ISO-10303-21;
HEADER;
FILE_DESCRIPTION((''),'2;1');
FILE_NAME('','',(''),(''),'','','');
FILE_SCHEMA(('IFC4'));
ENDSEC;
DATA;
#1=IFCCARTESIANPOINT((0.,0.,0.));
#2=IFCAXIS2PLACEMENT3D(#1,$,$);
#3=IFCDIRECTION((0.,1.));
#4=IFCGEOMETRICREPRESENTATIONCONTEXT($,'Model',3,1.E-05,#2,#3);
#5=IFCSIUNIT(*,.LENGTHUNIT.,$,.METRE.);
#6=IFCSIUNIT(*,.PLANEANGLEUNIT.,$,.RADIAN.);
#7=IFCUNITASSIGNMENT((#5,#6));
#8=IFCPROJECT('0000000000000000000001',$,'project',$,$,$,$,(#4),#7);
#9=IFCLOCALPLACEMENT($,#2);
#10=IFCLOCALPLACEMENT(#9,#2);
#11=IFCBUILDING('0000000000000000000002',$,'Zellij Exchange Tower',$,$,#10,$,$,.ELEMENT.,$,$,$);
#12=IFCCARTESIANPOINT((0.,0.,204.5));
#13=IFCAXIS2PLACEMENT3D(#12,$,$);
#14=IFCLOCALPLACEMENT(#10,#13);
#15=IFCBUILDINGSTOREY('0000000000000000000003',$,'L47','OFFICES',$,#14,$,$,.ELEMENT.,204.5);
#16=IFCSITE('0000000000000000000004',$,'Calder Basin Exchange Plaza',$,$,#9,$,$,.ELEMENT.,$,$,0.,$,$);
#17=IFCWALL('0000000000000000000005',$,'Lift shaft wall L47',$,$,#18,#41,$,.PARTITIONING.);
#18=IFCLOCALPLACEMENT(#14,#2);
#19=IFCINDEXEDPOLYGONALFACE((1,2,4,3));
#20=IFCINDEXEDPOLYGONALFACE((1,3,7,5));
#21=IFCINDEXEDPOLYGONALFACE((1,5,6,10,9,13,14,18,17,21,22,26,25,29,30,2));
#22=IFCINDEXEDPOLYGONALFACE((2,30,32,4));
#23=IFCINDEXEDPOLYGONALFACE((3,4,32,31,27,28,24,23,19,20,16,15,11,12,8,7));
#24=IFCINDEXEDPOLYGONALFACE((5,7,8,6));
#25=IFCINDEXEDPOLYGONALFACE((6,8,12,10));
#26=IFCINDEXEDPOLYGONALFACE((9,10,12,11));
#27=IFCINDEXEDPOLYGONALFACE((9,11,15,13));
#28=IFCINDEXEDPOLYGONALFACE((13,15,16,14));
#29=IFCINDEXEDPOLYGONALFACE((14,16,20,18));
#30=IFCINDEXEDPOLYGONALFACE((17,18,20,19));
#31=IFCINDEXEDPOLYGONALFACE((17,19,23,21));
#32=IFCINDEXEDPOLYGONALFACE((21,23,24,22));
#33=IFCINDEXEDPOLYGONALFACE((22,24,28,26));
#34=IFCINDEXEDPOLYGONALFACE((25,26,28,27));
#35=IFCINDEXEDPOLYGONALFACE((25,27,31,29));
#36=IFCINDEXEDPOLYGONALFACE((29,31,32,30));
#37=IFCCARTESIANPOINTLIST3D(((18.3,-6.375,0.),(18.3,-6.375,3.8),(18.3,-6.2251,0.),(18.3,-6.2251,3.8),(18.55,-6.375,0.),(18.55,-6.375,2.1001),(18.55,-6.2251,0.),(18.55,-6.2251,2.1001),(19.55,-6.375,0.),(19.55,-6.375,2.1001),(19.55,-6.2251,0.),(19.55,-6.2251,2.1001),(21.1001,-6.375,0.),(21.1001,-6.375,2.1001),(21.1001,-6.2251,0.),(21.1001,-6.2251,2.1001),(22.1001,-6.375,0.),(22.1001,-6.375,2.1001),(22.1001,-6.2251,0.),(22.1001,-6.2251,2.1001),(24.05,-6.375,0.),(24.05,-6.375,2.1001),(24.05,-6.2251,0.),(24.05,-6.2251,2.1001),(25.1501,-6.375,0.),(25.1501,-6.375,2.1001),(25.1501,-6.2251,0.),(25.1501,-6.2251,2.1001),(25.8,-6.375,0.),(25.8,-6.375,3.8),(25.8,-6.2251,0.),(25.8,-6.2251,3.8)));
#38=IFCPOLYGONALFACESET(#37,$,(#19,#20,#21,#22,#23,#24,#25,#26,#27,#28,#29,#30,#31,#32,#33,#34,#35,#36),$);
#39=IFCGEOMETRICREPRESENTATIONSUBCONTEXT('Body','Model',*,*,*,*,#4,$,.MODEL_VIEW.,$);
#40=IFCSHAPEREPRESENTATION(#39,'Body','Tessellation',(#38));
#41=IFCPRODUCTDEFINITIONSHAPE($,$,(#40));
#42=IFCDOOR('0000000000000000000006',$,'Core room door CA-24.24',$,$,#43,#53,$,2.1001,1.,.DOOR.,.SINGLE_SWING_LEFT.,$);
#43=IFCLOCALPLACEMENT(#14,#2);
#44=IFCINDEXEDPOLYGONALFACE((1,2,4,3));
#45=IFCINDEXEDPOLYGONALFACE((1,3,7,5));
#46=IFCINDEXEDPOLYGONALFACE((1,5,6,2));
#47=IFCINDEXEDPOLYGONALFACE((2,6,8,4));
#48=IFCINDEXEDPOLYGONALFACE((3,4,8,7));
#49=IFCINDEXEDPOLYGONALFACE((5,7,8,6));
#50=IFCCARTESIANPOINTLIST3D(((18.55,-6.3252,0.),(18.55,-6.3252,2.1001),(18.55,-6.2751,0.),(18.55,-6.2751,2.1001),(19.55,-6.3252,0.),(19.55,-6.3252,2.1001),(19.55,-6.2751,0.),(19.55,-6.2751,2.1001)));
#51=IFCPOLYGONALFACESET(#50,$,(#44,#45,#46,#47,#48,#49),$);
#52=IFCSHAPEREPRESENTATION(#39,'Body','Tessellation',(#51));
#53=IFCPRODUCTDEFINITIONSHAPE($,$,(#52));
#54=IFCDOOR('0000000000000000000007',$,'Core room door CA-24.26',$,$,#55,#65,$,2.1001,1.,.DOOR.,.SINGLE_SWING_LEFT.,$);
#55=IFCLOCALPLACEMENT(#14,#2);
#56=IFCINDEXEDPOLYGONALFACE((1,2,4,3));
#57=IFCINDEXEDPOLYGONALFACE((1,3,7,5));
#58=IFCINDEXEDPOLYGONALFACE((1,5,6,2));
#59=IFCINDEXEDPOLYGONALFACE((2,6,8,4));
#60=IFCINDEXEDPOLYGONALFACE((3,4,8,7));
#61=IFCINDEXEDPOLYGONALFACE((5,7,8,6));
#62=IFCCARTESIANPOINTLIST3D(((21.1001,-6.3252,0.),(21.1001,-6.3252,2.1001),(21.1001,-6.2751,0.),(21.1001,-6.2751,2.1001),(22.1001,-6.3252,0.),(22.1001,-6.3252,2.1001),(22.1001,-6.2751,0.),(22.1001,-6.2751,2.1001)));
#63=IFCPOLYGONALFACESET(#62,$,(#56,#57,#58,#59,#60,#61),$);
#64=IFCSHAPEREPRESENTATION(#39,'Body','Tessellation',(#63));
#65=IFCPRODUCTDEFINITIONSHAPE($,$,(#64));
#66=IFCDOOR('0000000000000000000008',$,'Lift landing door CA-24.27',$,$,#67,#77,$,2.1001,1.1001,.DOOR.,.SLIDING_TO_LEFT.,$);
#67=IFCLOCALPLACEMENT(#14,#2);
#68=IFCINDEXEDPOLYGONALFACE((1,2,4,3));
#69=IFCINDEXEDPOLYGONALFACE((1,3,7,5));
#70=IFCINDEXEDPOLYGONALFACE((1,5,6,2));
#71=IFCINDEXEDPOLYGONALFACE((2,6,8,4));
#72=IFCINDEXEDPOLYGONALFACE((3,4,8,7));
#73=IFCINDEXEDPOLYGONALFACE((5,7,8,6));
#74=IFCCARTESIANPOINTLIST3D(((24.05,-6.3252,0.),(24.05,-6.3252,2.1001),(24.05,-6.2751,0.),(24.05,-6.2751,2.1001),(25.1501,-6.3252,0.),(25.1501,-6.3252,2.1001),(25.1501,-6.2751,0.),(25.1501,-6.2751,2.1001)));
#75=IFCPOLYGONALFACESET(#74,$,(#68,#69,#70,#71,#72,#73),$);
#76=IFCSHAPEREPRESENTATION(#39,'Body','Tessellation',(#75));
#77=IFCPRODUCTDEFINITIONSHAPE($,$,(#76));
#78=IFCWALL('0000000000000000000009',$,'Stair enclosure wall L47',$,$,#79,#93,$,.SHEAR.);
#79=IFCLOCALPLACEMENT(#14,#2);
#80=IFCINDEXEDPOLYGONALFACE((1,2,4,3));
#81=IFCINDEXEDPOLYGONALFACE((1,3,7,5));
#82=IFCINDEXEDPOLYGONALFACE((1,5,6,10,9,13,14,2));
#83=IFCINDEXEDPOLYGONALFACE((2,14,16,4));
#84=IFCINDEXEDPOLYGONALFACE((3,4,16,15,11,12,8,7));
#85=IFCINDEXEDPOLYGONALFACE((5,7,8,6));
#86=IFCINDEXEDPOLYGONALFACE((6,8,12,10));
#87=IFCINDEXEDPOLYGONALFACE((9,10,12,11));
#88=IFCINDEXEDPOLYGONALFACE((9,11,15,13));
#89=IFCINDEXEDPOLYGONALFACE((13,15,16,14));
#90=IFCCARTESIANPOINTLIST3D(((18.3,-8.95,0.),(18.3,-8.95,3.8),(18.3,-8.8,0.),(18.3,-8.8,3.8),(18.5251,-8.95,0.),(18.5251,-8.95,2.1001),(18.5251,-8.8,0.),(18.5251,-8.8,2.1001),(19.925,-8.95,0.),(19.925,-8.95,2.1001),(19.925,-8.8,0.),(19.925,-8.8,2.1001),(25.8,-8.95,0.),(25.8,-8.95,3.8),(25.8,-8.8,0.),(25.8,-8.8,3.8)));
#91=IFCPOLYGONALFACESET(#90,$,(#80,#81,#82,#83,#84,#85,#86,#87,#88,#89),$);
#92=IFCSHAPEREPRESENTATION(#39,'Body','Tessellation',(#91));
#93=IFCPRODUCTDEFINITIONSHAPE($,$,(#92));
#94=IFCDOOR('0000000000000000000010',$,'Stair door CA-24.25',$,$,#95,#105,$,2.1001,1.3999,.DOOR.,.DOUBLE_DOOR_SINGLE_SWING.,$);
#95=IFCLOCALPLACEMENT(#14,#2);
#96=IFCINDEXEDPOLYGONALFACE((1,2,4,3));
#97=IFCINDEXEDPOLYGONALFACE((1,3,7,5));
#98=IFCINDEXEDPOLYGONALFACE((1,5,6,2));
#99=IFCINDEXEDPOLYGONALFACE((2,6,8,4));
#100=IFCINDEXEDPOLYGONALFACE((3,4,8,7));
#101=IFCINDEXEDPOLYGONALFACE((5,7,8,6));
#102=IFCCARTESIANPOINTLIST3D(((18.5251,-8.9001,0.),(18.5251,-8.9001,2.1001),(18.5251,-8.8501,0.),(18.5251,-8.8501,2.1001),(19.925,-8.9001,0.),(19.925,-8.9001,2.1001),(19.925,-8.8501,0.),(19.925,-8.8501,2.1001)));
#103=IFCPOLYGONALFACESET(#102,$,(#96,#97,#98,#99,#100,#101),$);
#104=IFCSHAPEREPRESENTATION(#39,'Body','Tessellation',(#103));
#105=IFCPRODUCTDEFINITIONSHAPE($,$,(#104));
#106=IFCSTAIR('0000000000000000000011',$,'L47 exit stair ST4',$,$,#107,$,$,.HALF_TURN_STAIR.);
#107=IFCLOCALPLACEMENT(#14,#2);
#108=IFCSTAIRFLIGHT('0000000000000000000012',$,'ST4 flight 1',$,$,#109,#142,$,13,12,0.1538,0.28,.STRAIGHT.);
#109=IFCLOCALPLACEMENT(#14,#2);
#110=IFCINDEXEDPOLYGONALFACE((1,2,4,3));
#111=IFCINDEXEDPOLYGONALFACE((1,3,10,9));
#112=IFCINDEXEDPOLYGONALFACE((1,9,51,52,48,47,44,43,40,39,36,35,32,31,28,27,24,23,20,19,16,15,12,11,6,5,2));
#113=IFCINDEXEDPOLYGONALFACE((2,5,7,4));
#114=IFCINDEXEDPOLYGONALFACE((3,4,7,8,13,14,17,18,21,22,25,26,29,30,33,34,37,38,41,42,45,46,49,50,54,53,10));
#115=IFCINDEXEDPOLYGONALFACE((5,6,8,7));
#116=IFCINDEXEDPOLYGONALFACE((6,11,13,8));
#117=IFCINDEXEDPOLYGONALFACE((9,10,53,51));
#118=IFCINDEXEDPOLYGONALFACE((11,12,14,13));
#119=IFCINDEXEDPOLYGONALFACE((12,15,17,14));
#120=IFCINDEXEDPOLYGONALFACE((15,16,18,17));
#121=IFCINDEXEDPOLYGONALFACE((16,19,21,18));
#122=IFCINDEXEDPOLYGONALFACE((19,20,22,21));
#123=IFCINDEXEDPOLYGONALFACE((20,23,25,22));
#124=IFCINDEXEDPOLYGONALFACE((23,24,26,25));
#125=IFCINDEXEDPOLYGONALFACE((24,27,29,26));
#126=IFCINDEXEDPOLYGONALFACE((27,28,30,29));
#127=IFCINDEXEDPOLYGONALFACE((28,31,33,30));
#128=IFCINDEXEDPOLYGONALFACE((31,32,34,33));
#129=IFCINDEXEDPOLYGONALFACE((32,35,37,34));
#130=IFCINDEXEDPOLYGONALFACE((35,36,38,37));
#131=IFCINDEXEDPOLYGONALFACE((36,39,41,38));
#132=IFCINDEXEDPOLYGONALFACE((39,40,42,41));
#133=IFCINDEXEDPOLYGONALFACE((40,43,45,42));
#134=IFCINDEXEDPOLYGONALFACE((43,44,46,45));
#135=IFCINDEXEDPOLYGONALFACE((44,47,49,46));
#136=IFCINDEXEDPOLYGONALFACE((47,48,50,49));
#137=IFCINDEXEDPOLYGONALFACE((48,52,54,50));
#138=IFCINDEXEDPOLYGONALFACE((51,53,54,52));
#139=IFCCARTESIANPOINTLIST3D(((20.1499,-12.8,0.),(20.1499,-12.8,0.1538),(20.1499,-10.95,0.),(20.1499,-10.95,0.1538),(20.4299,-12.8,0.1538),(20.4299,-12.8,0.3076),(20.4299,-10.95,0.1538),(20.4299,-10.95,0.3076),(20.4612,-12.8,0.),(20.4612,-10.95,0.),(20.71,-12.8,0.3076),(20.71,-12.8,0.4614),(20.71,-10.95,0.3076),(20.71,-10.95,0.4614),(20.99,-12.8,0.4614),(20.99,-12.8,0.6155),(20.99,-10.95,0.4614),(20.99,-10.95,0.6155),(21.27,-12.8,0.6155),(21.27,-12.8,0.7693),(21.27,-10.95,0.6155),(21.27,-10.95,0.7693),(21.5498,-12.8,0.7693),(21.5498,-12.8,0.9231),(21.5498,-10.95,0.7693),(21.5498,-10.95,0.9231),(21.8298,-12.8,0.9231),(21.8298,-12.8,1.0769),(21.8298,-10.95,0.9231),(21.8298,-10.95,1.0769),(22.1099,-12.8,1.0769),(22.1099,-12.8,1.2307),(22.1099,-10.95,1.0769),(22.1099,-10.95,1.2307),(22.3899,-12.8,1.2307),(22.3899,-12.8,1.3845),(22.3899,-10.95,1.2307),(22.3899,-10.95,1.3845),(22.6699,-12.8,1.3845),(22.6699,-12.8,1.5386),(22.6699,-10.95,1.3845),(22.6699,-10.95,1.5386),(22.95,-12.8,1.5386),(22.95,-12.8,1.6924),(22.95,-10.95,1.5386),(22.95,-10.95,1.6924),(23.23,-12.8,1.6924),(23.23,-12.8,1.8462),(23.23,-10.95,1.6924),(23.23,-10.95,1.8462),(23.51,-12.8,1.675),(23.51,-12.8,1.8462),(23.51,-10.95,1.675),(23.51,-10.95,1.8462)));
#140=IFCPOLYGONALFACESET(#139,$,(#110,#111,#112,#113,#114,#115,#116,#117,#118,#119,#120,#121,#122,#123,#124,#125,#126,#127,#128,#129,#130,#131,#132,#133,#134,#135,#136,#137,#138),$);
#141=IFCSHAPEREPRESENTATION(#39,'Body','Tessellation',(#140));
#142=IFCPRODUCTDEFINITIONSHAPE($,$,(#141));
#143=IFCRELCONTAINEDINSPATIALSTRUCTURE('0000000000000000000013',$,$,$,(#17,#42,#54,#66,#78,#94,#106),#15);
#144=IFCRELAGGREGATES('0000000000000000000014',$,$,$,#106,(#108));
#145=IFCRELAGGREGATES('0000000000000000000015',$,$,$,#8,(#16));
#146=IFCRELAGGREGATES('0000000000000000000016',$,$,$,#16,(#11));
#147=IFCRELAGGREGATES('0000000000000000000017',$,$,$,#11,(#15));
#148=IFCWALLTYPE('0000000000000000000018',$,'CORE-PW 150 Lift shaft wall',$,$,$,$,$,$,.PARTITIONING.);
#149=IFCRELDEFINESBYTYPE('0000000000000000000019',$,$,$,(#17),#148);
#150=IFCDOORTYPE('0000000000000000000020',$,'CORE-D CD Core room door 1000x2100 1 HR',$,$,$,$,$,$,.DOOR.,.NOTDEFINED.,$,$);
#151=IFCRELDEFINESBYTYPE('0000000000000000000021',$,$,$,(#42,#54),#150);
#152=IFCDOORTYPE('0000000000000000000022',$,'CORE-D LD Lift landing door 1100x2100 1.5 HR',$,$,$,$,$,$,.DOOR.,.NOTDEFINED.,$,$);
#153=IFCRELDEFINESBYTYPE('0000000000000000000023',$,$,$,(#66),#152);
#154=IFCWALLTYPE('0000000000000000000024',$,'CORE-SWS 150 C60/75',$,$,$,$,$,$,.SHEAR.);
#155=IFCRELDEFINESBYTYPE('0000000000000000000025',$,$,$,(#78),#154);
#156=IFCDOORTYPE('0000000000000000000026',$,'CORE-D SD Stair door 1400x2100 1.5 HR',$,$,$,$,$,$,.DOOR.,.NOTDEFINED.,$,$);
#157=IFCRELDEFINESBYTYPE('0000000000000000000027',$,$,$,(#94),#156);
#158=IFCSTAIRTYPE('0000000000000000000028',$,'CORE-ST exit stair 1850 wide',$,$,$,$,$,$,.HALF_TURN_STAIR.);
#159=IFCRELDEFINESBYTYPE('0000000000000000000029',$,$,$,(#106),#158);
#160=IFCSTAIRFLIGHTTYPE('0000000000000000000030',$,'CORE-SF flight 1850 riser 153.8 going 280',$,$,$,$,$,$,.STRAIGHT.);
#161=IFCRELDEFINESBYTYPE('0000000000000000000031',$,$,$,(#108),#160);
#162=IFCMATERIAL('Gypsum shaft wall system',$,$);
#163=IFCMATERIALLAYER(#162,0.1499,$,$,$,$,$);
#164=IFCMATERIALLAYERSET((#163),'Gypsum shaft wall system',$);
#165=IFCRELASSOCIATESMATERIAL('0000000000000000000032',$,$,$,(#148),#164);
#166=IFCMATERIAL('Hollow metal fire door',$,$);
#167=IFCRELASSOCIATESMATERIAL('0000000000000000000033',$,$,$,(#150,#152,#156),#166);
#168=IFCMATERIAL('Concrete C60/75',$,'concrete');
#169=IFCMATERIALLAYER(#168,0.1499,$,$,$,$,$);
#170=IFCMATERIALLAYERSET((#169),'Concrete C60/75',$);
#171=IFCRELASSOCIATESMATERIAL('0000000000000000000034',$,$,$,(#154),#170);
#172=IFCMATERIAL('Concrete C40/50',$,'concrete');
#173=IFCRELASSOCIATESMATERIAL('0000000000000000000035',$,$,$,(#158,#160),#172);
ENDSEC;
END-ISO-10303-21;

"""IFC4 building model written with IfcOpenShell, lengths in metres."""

from ifc_helpers import new_model, si_unit, direction, frame, frame_2d, origin, place, context, subcontext, project, spatial, polyline, rectangle, outline, extrude, material, layer, layer_set, type_object, element, fill, aggregate, save


model = new_model("IFC4")

# Units and contexts
model_context = context("Model", 3, precision=1e-05, world=origin(), true_north=direction((0.0, 1.0)))
body_context = subcontext(model_context, "Body", "Model", "MODEL_VIEW")
ifc_project = project(units=[si_unit("LENGTHUNIT", "METRE"), si_unit("PLANEANGLEUNIT", "RADIAN")], contexts=[model_context])

# Site, building, storey
site_placement = place(None, origin())
site = spatial("IfcSite", under=ifc_project, at=site_placement, Name="Calder Basin Exchange Plaza", CompositionType="ELEMENT", RefElevation=0.0)
building_placement = place(site_placement, origin())
building = spatial("IfcBuilding", under=site, at=building_placement, Name="Zellij Exchange Tower", CompositionType="ELEMENT")
storey_placement = place(building_placement, frame((0.0, 0.0, 204.5)))
storey = spatial("IfcBuildingStorey", under=building, at=storey_placement, Name="L47", Description="OFFICES", CompositionType="ELEMENT", Elevation=204.5)

# Shared definitions
ifc_material_1 = material(Name="Concrete C60/75", Category="concrete")
ifc_material_2 = material(Name="Gypsum shaft wall system")
ifc_layer_1 = layer(ifc_material_2, 0.1499)
ifc_layer_set_1 = layer_set([ifc_layer_1], Name="Gypsum shaft wall system")
wall_type_1 = type_object("IfcWallType", Name="CORE-PW 150 Lift shaft wall", PredefinedType="PARTITIONING", material=ifc_layer_set_1)

# Wall, openings, doors
wall_1_placement = place(storey_placement, frame((18.3, -6.3, 0.0), z_axis=(0.0, 0.0, 1.0), x_axis=(1.0, 0.0, 0.0)))
wall_1 = element("IfcWall", 1, at=wall_1_placement, inside=storey, type_object=wall_type_1, Name="Lift shaft wall L47", PredefinedType="PARTITIONING", context=body_context, shape_type="SweptSolid", body=[
    extrude(rectangle(XDim=7.5, YDim=0.1499, at=frame_2d((3.75, 0.0))), origin(), (0.0, 0.0, 1.0), 3.8),
])
opening_1_placement = place(wall_1_placement, frame((0.25, 0.0, 0.0)))
opening_1 = element("IfcOpeningElement", 2, at=opening_1_placement, cuts=wall_1, PredefinedType="OPENING", context=body_context, shape_type="SweptSolid", body=[
    extrude(rectangle(XDim=1.0, YDim=2.1001, at=frame_2d((0.5, 1.05))), frame((0.0, 0.0869, 0.0), z_axis=(0.0, -1.0, 0.0), x_axis=(1.0, 0.0, 0.0)), (0.0, 0.0, 1.0), 0.1738),
])
opening_2_placement = place(wall_1_placement, frame((2.8, 0.0, 0.0)))
opening_2 = element("IfcOpeningElement", 3, at=opening_2_placement, cuts=wall_1, PredefinedType="OPENING", context=body_context, shape_type="SweptSolid", body=[
    extrude(rectangle(XDim=1.0, YDim=2.1001, at=frame_2d((0.5, 1.05))), frame((0.0, 0.0869, 0.0), z_axis=(0.0, -1.0, 0.0), x_axis=(1.0, 0.0, 0.0)), (0.0, 0.0, 1.0), 0.1738),
])
opening_3_placement = place(wall_1_placement, frame((5.75, 0.0, 0.0)))
opening_3 = element("IfcOpeningElement", 4, at=opening_3_placement, cuts=wall_1, PredefinedType="OPENING", context=body_context, shape_type="SweptSolid", body=[
    extrude(rectangle(XDim=1.1001, YDim=2.1001, at=frame_2d((0.55, 1.05))), frame((0.0, 0.0869, 0.0), z_axis=(0.0, -1.0, 0.0), x_axis=(1.0, 0.0, 0.0)), (0.0, 0.0, 1.0), 0.1738),
])
ifc_material_3 = material(Name="Hollow metal fire door")
door_type_1 = type_object("IfcDoorType", Name="CORE-D CD Core room door 1000x2100 1 HR", OperationType="NOTDEFINED", PredefinedType="DOOR", material=ifc_material_3)
door_1_placement = place(opening_1_placement, origin())
door_1 = element("IfcDoor", 5, at=door_1_placement, inside=storey, type_object=door_type_1, Name="Core room door CA-24.24", OperationType="SINGLE_SWING_LEFT", OverallHeight=2.1001, OverallWidth=1.0, PredefinedType="DOOR", context=body_context, shape_type="SweptSolid", body=[
    extrude(rectangle(XDim=1.0, YDim=2.1001, at=frame_2d((0.5, 1.05))), frame((0.0, 0.0249, 0.0), z_axis=(0.0, -1.0, 0.0), x_axis=(1.0, 0.0, 0.0)), (0.0, 0.0, 1.0), 0.05),
])
fill(opening_1, door_1)
door_2_placement = place(opening_2_placement, origin())
door_2 = element("IfcDoor", 6, at=door_2_placement, inside=storey, type_object=door_type_1, Name="Core room door CA-24.26", OperationType="SINGLE_SWING_LEFT", OverallHeight=2.1001, OverallWidth=1.0, PredefinedType="DOOR", context=body_context, shape_type="SweptSolid", body=[
    extrude(rectangle(XDim=1.0, YDim=2.1001, at=frame_2d((0.5, 1.05))), frame((0.0, 0.0249, 0.0), z_axis=(0.0, -1.0, 0.0), x_axis=(1.0, 0.0, 0.0)), (0.0, 0.0, 1.0), 0.05),
])
fill(opening_2, door_2)
door_type_2 = type_object("IfcDoorType", Name="CORE-D LD Lift landing door 1100x2100 1.5 HR", OperationType="NOTDEFINED", PredefinedType="DOOR", material=ifc_material_3)
door_3_placement = place(opening_3_placement, origin())
door_3 = element("IfcDoor", 7, at=door_3_placement, inside=storey, type_object=door_type_2, Name="Lift landing door CA-24.27", OperationType="SLIDING_TO_LEFT", OverallHeight=2.1001, OverallWidth=1.1001, PredefinedType="DOOR", context=body_context, shape_type="SweptSolid", body=[
    extrude(rectangle(XDim=1.1001, YDim=2.1001, at=frame_2d((0.55, 1.05))), frame((0.0, 0.0249, 0.0), z_axis=(0.0, -1.0, 0.0), x_axis=(1.0, 0.0, 0.0)), (0.0, 0.0, 1.0), 0.05),
])
fill(opening_3, door_3)

# Wall, opening, door
ifc_layer_2 = layer(ifc_material_1, 0.1499)
ifc_layer_set_2 = layer_set([ifc_layer_2], Name="Concrete C60/75")
wall_type_2 = type_object("IfcWallType", Name="CORE-SWS 150 C60/75", PredefinedType="SHEAR", material=ifc_layer_set_2)
wall_2_placement = place(storey_placement, frame((18.3, -8.875, 0.0), z_axis=(0.0, 0.0, 1.0), x_axis=(1.0, 0.0, 0.0)))
wall_2 = element("IfcWall", 8, at=wall_2_placement, inside=storey, type_object=wall_type_2, Name="Stair enclosure wall L47", PredefinedType="SHEAR", context=body_context, shape_type="SweptSolid", body=[
    extrude(rectangle(XDim=7.5, YDim=0.1499, at=frame_2d((3.75, 0.0))), origin(), (0.0, 0.0, 1.0), 3.8),
])
opening_4_placement = place(wall_2_placement, frame((0.2251, 0.0, 0.0)))
opening_4 = element("IfcOpeningElement", 9, at=opening_4_placement, cuts=wall_2, PredefinedType="OPENING", context=body_context, shape_type="SweptSolid", body=[
    extrude(rectangle(XDim=1.3999, YDim=2.1001, at=frame_2d((0.7, 1.05))), frame((0.0, 0.0869, 0.0), z_axis=(0.0, -1.0, 0.0), x_axis=(1.0, 0.0, 0.0)), (0.0, 0.0, 1.0), 0.1738),
])
door_type_3 = type_object("IfcDoorType", Name="CORE-D SD Stair door 1400x2100 1.5 HR", OperationType="NOTDEFINED", PredefinedType="DOOR", material=ifc_material_3)
door_4_placement = place(opening_4_placement, origin())
door_4 = element("IfcDoor", 10, at=door_4_placement, inside=storey, type_object=door_type_3, Name="Stair door CA-24.25", OperationType="DOUBLE_DOOR_SINGLE_SWING", OverallHeight=2.1001, OverallWidth=1.3999, PredefinedType="DOOR", context=body_context, shape_type="SweptSolid", body=[
    extrude(rectangle(XDim=1.3999, YDim=2.1001, at=frame_2d((0.7, 1.05))), frame((0.0, 0.0249, 0.0), z_axis=(0.0, -1.0, 0.0), x_axis=(1.0, 0.0, 0.0)), (0.0, 0.0, 1.0), 0.05),
])
fill(opening_4, door_4)

# Stair, stair flight
ifc_material_4 = material(Name="Concrete C40/50", Category="concrete")
stair_type = type_object("IfcStairType", Name="CORE-ST exit stair 1850 wide", PredefinedType="HALF_TURN_STAIR", material=ifc_material_4)
stair_placement = place(storey_placement, origin())
stair = element("IfcStair", 11, at=stair_placement, inside=storey, type_object=stair_type, Name="L47 exit stair ST4", PredefinedType="HALF_TURN_STAIR")
stair_flight_type = type_object("IfcStairFlightType", Name="CORE-SF flight 1850 riser 153.8 going 280", PredefinedType="STRAIGHT", material=ifc_material_4)
stair_flight_1_placement = place(storey_placement, frame((20.1499, -11.875, 0.0), z_axis=(0.0, 0.0, 1.0), x_axis=(1.0, 0.0, 0.0)))
stair_flight_1 = element("IfcStairFlight", 12, at=stair_flight_1_placement, type_object=stair_flight_type, Name="ST4 flight 1", NumberOfRisers=13, NumberOfTreads=12, PredefinedType="STRAIGHT", RiserHeight=0.1538, TreadLength=0.28, context=body_context, shape_type="SweptSolid", body=[
    extrude(outline(polyline([(0.0, 0.0), (0.0, 0.1538), (0.28, 0.1538), (0.28, 0.3076), (0.5601, 0.3076), (0.5601, 0.4614), (0.8401, 0.4614), (0.8401, 0.6155), (1.1201, 0.6155), (1.1201, 0.7693), (1.3999, 0.7693), (1.3999, 0.9231), (1.6799, 0.9231), (1.6799, 1.0769), (1.96, 1.0769), (1.96, 1.2307), (2.24, 1.2307), (2.24, 1.3845), (2.52, 1.3845), (2.52, 1.5386), (2.8, 1.5386), (2.8, 1.6924), (3.0801, 1.6924), (3.0801, 1.8462), (3.3601, 1.8462), (3.3601, 2.0), (3.3601, 1.675), (0.3113, 0.0), (0.0, 0.0)])), frame((0.0, 0.925, 0.0), z_axis=(0.0, -1.0, 0.0), x_axis=(1.0, 0.0, 0.0)), (0.0, 0.0, 1.0), 1.8501),
])
aggregate(stair, [stair_flight_1])

save(model, "model.ifc")
